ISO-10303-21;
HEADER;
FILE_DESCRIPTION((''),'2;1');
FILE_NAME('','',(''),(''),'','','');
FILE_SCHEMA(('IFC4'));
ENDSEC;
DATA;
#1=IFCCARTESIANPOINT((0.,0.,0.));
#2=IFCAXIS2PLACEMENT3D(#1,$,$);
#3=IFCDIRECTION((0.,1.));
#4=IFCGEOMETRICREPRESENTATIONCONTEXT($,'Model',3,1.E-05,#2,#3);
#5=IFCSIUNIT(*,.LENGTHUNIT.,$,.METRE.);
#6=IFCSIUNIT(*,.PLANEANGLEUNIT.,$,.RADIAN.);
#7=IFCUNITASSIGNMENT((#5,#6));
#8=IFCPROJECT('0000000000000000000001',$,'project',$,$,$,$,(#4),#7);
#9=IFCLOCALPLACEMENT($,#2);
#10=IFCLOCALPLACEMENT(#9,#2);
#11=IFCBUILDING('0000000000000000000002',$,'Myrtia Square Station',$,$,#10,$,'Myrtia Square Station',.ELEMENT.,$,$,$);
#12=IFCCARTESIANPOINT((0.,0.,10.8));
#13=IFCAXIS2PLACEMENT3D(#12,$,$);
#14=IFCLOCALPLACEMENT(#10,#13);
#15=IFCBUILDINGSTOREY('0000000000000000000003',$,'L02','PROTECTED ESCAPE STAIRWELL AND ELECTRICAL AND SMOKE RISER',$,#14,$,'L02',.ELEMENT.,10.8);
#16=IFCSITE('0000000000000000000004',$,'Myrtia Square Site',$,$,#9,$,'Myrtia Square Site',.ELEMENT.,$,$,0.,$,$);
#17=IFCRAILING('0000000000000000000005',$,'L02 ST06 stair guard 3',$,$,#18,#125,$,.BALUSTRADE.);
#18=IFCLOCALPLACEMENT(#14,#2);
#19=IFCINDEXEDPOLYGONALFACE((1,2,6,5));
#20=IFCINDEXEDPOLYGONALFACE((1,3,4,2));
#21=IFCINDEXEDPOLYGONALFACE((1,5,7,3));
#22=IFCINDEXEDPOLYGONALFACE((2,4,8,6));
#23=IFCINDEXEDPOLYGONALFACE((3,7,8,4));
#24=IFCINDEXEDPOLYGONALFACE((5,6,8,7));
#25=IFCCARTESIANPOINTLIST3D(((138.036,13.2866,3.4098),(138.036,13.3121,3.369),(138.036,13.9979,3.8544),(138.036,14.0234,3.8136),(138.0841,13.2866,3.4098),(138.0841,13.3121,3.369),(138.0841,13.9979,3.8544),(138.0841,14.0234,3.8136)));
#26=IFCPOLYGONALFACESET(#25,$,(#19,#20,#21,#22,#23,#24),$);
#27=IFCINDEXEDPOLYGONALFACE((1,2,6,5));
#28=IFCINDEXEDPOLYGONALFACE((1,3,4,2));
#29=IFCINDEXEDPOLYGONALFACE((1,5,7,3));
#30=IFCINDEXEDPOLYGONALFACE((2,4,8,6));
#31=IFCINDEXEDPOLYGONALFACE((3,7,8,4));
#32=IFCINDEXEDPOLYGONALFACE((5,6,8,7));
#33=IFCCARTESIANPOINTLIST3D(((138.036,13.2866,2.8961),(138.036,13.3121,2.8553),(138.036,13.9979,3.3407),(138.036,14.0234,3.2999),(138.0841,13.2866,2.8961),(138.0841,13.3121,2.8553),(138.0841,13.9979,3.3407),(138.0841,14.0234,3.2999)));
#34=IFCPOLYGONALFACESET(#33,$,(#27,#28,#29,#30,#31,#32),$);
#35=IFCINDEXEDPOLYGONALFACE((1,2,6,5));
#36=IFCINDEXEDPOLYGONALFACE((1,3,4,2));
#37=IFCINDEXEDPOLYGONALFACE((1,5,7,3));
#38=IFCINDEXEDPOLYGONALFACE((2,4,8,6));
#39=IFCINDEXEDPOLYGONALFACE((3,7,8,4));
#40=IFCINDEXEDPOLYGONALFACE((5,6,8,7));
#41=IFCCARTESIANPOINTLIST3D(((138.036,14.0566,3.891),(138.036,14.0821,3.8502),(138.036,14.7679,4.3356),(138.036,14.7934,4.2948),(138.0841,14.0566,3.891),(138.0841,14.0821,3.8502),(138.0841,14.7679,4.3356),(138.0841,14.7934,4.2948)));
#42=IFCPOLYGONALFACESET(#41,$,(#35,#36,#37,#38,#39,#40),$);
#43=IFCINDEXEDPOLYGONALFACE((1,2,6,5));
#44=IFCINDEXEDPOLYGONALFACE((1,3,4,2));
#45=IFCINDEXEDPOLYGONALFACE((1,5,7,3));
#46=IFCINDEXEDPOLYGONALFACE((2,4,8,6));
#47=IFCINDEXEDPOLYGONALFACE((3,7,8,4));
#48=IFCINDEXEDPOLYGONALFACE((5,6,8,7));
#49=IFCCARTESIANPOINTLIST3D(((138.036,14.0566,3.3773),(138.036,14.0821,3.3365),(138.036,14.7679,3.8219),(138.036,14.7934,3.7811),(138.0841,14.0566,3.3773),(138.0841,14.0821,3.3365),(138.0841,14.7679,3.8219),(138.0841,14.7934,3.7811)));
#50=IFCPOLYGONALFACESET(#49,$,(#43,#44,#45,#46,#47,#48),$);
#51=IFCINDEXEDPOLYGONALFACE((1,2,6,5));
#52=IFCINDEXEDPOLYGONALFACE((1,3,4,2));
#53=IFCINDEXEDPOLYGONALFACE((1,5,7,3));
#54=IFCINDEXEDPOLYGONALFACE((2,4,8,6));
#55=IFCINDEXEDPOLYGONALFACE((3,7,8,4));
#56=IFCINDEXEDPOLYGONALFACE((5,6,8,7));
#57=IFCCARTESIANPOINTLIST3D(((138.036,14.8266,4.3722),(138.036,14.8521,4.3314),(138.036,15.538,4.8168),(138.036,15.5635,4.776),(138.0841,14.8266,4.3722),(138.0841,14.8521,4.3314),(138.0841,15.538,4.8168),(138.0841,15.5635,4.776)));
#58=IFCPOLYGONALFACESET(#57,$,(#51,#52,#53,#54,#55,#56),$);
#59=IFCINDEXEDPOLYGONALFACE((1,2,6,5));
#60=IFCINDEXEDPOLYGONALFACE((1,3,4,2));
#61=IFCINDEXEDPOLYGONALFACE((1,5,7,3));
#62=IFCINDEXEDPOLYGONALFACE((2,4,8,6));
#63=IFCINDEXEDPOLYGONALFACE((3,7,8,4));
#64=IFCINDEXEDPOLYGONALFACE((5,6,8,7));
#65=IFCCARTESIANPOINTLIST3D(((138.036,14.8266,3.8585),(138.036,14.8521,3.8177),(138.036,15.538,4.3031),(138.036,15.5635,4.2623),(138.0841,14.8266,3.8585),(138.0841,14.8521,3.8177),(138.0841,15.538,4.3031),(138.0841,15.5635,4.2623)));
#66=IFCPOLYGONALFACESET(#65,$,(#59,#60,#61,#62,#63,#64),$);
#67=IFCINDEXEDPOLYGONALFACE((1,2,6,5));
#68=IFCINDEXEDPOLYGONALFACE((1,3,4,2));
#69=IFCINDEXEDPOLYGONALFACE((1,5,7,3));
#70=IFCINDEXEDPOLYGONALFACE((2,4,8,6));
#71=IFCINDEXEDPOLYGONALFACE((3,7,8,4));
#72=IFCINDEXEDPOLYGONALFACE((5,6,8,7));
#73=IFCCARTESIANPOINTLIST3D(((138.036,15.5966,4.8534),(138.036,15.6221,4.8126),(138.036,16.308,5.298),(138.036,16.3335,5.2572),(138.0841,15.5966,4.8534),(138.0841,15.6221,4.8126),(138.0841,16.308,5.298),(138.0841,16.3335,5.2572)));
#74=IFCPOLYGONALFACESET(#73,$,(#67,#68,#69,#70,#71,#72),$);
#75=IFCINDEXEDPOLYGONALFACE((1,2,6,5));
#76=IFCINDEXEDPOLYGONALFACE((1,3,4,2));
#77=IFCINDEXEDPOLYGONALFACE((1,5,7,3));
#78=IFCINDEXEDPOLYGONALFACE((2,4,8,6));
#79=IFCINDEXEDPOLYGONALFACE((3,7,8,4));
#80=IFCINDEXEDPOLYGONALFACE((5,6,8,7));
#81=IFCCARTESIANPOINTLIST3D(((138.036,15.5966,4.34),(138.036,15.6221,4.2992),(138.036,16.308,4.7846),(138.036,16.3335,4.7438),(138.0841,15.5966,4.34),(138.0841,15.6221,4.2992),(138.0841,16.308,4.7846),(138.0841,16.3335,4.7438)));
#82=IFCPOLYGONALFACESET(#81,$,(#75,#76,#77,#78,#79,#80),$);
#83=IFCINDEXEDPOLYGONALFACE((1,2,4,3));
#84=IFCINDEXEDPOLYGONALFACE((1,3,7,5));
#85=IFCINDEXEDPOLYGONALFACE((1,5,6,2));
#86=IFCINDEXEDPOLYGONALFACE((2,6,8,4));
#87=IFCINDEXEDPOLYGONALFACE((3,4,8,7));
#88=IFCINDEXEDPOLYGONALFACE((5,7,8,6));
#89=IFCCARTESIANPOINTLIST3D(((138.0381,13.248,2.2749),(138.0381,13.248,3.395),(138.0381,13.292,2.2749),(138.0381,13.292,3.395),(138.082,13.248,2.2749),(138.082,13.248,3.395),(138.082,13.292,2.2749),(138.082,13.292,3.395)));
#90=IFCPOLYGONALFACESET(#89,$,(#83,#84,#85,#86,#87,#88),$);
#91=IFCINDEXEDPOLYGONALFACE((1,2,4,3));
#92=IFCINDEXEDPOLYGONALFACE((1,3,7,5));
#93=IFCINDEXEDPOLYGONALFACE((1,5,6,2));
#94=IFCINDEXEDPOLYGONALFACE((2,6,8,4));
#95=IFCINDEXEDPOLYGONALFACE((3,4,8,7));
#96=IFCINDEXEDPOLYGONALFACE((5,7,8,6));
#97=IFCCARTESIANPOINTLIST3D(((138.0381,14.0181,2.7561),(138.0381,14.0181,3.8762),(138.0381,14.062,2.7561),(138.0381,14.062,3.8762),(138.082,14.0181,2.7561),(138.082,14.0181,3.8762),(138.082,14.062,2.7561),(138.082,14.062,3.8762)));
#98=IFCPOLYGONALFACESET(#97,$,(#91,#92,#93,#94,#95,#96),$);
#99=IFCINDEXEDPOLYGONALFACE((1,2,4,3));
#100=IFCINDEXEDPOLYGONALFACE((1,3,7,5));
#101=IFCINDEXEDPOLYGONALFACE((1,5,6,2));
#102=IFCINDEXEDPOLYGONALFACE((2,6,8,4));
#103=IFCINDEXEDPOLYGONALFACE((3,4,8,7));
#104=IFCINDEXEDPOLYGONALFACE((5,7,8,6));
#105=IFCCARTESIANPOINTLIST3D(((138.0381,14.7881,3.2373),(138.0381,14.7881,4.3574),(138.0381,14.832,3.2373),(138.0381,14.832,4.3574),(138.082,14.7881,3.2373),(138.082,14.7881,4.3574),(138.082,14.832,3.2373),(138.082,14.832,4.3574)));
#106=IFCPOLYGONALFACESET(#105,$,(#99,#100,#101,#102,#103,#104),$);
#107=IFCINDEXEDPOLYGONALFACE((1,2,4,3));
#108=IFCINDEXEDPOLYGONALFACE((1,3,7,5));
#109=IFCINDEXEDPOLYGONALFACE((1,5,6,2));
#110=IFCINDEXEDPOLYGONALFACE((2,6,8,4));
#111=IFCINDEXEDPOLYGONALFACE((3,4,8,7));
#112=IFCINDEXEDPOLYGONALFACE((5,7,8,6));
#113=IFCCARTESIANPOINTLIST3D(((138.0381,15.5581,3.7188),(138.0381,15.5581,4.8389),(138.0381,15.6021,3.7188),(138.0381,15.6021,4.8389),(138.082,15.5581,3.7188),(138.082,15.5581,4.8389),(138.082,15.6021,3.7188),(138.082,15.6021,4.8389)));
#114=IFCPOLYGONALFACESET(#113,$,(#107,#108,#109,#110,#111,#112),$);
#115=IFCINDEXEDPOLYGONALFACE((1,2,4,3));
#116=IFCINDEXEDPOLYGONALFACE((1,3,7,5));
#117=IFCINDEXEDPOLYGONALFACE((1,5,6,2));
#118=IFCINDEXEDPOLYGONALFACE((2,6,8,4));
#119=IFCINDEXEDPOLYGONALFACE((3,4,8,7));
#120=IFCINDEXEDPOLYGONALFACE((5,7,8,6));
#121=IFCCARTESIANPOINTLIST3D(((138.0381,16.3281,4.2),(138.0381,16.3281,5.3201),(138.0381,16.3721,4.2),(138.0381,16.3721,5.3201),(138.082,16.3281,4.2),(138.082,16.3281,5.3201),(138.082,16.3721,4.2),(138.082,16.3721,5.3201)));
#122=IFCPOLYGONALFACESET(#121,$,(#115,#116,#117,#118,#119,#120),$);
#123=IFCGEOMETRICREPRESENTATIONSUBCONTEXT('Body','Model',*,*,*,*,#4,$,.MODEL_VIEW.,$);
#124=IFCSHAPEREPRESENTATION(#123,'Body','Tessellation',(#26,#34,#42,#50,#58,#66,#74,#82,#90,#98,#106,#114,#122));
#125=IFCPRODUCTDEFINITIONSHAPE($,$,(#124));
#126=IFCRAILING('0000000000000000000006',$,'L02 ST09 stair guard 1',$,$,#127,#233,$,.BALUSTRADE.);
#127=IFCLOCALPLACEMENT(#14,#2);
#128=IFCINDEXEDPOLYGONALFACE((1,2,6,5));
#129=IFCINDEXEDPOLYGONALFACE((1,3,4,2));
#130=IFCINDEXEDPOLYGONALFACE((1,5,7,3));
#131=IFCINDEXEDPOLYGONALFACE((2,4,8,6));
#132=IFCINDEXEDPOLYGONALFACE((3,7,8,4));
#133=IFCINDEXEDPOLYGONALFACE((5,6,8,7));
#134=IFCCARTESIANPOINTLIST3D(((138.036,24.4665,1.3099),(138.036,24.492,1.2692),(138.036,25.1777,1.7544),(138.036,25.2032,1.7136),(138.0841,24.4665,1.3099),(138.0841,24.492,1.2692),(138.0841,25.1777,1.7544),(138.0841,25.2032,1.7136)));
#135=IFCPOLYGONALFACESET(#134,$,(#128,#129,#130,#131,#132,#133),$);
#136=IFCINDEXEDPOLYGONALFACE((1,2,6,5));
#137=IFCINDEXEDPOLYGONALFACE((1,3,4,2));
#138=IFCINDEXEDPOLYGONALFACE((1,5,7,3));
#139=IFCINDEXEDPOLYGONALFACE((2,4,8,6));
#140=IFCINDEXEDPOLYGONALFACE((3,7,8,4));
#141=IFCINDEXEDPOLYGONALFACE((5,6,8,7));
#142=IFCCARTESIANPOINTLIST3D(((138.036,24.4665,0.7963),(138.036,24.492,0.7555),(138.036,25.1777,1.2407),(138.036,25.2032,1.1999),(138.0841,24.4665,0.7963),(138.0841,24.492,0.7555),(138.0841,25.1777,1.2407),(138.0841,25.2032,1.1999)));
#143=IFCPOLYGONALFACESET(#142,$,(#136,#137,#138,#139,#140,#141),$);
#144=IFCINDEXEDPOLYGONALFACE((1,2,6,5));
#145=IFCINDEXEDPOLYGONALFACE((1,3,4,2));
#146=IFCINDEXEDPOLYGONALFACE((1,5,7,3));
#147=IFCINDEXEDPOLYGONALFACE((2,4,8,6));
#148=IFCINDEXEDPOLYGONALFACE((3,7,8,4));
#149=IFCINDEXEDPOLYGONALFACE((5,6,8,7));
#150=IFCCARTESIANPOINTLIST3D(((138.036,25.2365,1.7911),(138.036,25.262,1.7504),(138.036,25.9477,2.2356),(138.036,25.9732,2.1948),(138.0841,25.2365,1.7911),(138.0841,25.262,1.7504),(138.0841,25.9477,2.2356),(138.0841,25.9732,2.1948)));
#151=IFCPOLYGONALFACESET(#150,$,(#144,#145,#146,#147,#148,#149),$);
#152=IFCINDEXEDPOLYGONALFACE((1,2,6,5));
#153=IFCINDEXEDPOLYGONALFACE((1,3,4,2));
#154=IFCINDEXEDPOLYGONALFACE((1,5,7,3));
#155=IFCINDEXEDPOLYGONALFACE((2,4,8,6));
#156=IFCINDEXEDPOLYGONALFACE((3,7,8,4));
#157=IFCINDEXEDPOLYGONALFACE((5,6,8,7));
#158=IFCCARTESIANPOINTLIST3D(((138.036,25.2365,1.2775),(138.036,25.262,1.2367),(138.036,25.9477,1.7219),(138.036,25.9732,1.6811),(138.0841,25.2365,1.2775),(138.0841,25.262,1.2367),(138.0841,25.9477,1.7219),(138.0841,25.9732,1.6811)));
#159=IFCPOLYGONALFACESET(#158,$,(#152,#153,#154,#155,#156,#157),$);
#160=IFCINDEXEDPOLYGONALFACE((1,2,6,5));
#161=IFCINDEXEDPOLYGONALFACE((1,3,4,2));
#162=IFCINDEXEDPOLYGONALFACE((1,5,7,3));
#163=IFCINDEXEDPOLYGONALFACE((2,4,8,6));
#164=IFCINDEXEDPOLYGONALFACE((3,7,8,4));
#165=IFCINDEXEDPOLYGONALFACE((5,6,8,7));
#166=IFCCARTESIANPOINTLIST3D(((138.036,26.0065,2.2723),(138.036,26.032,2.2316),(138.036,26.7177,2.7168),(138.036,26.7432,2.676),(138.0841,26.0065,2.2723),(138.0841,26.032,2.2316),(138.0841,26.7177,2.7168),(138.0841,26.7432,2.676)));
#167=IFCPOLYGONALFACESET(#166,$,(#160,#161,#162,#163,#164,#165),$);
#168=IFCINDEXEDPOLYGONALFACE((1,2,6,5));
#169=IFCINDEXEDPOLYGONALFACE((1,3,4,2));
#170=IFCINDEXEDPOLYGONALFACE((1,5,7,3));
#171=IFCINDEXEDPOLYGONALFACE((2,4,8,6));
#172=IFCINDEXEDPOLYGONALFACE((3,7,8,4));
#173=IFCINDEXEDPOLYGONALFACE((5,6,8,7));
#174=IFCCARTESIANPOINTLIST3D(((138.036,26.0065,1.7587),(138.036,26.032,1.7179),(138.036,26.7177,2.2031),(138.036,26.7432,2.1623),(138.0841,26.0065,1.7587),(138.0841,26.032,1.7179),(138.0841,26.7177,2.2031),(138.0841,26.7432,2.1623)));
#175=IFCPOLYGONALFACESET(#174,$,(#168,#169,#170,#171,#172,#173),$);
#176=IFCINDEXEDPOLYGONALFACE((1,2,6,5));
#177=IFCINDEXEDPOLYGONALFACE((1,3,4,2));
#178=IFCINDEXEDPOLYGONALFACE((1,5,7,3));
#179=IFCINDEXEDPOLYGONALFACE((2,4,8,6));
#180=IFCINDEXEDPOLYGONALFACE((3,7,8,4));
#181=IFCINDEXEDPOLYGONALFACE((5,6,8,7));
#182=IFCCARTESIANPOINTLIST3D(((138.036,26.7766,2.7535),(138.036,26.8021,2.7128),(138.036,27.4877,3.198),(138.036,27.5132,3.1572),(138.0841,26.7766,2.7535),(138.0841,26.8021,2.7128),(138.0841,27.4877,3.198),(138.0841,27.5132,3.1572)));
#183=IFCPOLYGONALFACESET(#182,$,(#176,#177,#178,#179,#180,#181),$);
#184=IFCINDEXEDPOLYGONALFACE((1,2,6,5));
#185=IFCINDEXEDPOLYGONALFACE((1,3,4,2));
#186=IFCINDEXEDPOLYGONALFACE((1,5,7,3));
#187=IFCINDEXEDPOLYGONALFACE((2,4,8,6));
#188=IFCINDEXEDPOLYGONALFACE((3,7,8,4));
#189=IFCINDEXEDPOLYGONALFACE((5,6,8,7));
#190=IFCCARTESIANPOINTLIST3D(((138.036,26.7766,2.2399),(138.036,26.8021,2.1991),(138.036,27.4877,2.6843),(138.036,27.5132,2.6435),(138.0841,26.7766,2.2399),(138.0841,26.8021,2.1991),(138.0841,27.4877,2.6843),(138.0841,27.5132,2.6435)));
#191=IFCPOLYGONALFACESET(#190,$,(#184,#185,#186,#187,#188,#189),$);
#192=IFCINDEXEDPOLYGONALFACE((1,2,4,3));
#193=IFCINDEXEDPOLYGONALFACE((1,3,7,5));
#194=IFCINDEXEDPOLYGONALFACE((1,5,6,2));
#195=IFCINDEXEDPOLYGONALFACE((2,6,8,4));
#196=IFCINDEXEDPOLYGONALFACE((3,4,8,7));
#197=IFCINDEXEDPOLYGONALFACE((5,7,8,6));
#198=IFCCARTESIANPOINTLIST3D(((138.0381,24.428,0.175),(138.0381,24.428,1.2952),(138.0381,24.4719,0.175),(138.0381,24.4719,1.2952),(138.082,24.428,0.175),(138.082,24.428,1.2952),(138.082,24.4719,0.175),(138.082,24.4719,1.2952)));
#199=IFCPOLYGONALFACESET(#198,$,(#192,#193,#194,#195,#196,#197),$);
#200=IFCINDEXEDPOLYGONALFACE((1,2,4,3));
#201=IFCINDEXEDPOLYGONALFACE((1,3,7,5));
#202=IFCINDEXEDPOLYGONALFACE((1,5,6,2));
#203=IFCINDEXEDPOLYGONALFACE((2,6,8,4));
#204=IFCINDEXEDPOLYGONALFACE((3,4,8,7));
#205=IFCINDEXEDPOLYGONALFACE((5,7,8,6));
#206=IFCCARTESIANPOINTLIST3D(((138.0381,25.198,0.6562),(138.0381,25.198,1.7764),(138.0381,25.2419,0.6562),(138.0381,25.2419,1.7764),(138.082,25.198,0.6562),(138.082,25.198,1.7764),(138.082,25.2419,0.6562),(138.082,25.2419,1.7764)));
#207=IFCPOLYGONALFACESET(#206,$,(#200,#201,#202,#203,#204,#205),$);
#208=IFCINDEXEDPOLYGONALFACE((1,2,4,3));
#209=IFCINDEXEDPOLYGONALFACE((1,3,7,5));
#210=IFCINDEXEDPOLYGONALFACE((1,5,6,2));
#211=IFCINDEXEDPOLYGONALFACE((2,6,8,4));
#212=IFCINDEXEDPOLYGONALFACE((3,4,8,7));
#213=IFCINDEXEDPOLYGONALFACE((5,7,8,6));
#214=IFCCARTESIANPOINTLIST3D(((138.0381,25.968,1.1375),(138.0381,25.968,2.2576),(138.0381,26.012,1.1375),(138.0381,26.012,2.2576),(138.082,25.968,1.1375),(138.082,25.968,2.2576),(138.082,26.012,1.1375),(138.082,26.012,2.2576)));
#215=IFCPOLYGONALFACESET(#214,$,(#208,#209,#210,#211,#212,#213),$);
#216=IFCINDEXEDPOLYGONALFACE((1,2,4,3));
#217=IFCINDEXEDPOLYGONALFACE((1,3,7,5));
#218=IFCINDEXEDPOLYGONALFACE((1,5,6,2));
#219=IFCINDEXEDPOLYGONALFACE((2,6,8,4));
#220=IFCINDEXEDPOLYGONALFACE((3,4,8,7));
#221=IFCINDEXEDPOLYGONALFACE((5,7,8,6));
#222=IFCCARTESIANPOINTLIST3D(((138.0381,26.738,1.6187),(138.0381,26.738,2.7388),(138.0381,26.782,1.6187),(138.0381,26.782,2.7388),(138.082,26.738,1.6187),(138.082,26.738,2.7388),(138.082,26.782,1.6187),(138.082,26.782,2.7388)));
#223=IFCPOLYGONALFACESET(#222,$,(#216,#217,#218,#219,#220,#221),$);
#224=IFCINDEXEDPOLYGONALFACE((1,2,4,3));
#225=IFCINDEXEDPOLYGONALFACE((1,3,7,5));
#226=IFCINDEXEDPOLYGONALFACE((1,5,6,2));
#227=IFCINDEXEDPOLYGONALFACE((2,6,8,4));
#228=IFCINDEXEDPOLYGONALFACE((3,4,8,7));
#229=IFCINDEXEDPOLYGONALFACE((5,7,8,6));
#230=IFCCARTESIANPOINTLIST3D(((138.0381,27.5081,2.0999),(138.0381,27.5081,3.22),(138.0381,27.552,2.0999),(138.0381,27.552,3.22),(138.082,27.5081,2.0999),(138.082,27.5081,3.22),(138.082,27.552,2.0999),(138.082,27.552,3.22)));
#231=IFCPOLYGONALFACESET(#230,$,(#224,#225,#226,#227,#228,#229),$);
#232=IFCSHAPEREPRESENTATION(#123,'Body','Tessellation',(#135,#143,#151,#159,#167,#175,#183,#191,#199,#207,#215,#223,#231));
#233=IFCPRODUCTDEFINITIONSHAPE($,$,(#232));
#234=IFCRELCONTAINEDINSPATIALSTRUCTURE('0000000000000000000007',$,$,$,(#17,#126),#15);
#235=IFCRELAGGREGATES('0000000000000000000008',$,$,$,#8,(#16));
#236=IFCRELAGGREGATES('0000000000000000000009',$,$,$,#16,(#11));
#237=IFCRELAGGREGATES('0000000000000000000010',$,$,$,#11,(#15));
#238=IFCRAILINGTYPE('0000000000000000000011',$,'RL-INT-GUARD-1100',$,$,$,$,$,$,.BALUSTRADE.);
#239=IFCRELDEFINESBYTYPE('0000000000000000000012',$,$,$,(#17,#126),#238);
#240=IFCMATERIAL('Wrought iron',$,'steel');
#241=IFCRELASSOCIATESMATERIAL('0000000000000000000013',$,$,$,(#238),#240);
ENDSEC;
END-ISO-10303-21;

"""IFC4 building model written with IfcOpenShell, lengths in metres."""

from ifc_helpers import new_model, si_unit, direction, frame, origin, origin_2d, place, context, subcontext, project, spatial, rectangle, extrude, material, type_object, element, save


model = new_model("IFC4")

# Units and contexts
model_context = context("Model", 3, precision=1e-05, world=origin(), true_north=direction((0.0, 1.0)))
body_context = subcontext(model_context, "Body", "Model", "MODEL_VIEW")
ifc_project = project(units=[si_unit("LENGTHUNIT", "METRE"), si_unit("PLANEANGLEUNIT", "RADIAN")], contexts=[model_context])

# Site, building, storey
site_placement = place(None, origin())
site = spatial("IfcSite", under=ifc_project, at=site_placement, Name="Myrtia Square Site", LongName="Myrtia Square Site", CompositionType="ELEMENT", RefElevation=0.0)
building_placement = place(site_placement, origin())
building = spatial("IfcBuilding", under=site, at=building_placement, Name="Myrtia Square Station", LongName="Myrtia Square Station", CompositionType="ELEMENT")
storey_placement = place(building_placement, frame((0.0, 0.0, 10.8)))
storey = spatial("IfcBuildingStorey", under=building, at=storey_placement, Name="L02", Description="PROTECTED ESCAPE STAIRWELL AND ELECTRICAL AND SMOKE RISER", LongName="L02", CompositionType="ELEMENT", Elevation=10.8)

# Railings
ifc_material_1 = material(Name="Wrought iron", Category="steel")
railing_type_1 = type_object("IfcRailingType", Name="RL-INT-GUARD-1100", PredefinedType="BALUSTRADE", material=ifc_material_1)
railing_1_placement = place(storey_placement, frame((138.0601, 13.27, 2.2749)))
element("IfcRailing", 1, at=railing_1_placement, inside=storey, type_object=railing_type_1, Name="L02 ST06 stair guard 3", PredefinedType="BALUSTRADE", context=body_context, shape_type="SweptSolid", body=[
    extrude(rectangle(XDim=0.0481, YDim=0.0481, at=origin_2d()), frame((0.0, 0.0293, 1.1145), z_axis=(0.0, 0.847998, 0.529999), x_axis=(-1.0, 0.0, 0.0)), (0.0, 0.0, 1.0), 0.8389),
    extrude(rectangle(XDim=0.0481, YDim=0.0481, at=origin_2d()), frame((0.0, 0.0293, 0.6008), z_axis=(0.0, 0.847998, 0.529999), x_axis=(-1.0, 0.0, 0.0)), (0.0, 0.0, 1.0), 0.8389),
    extrude(rectangle(XDim=0.0481, YDim=0.0481, at=origin_2d()), frame((0.0, 0.7993, 1.5957), z_axis=(0.0, 0.847998, 0.529999), x_axis=(-1.0, 0.0, 0.0)), (0.0, 0.0, 1.0), 0.8389),
    extrude(rectangle(XDim=0.0481, YDim=0.0481, at=origin_2d()), frame((0.0, 0.7993, 1.082), z_axis=(0.0, 0.847998, 0.529999), x_axis=(-1.0, 0.0, 0.0)), (0.0, 0.0, 1.0), 0.8389),
    extrude(rectangle(XDim=0.0481, YDim=0.0481, at=origin_2d()), frame((0.0, 1.5693, 2.0769), z_axis=(0.0, 0.847998, 0.529999), x_axis=(-1.0, 0.0, 0.0)), (0.0, 0.0, 1.0), 0.8389),
    extrude(rectangle(XDim=0.0481, YDim=0.0481, at=origin_2d()), frame((0.0, 1.5693, 1.5632), z_axis=(0.0, 0.847998, 0.529999), x_axis=(-1.0, 0.0, 0.0)), (0.0, 0.0, 1.0), 0.8389),
    extrude(rectangle(XDim=0.0481, YDim=0.0481, at=origin_2d()), frame((0.0, 2.3394, 2.5581), z_axis=(0.0, 0.847998, 0.529999), x_axis=(-1.0, 0.0, 0.0)), (0.0, 0.0, 1.0), 0.8389),
    extrude(rectangle(XDim=0.0481, YDim=0.0481, at=origin_2d()), frame((0.0, 2.3394, 2.0447), z_axis=(0.0, 0.847998, 0.529999), x_axis=(-1.0, 0.0, 0.0)), (0.0, 0.0, 1.0), 0.8389),
    extrude(rectangle(XDim=0.0439, YDim=0.0439, at=origin_2d()), origin(), (0.0, 0.0, 1.0), 1.1201),
    extrude(rectangle(XDim=0.0439, YDim=0.0439, at=origin_2d()), frame((0.0, 0.77, 0.4812)), (0.0, 0.0, 1.0), 1.1201),
    extrude(rectangle(XDim=0.0439, YDim=0.0439, at=origin_2d()), frame((0.0, 1.54, 0.9624)), (0.0, 0.0, 1.0), 1.1201),
    extrude(rectangle(XDim=0.0439, YDim=0.0439, at=origin_2d()), frame((0.0, 2.3101, 1.4438)), (0.0, 0.0, 1.0), 1.1201),
    extrude(rectangle(XDim=0.0439, YDim=0.0439, at=origin_2d()), frame((0.0, 3.0801, 1.925)), (0.0, 0.0, 1.0), 1.1201),
])
railing_2_placement = place(storey_placement, frame((138.0601, 24.45, 0.175)))
element("IfcRailing", 2, at=railing_2_placement, inside=storey, type_object=railing_type_1, Name="L02 ST09 stair guard 1", PredefinedType="BALUSTRADE", context=body_context, shape_type="SweptSolid", body=[
    extrude(rectangle(XDim=0.0481, YDim=0.0481, at=origin_2d()), frame((0.0, 0.0293, 1.1145), z_axis=(0.0, 0.848029, 0.529951), x_axis=(-1.0, 0.0, 0.0)), (0.0, 0.0, 1.0), 0.8386),
    extrude(rectangle(XDim=0.0481, YDim=0.0481, at=origin_2d()), frame((0.0, 0.0293, 0.6008), z_axis=(0.0, 0.848029, 0.529951), x_axis=(-1.0, 0.0, 0.0)), (0.0, 0.0, 1.0), 0.8386),
    extrude(rectangle(XDim=0.0481, YDim=0.0481, at=origin_2d()), frame((0.0, 0.7993, 1.5957), z_axis=(0.0, 0.848029, 0.529951), x_axis=(-1.0, 0.0, 0.0)), (0.0, 0.0, 1.0), 0.8386),
    extrude(rectangle(XDim=0.0481, YDim=0.0481, at=origin_2d()), frame((0.0, 0.7993, 1.082), z_axis=(0.0, 0.848029, 0.529951), x_axis=(-1.0, 0.0, 0.0)), (0.0, 0.0, 1.0), 0.8386),
    extrude(rectangle(XDim=0.0481, YDim=0.0481, at=origin_2d()), frame((0.0, 1.5693, 2.0769), z_axis=(0.0, 0.848029, 0.529951), x_axis=(-1.0, 0.0, 0.0)), (0.0, 0.0, 1.0), 0.8386),
    extrude(rectangle(XDim=0.0481, YDim=0.0481, at=origin_2d()), frame((0.0, 1.5693, 1.5632), z_axis=(0.0, 0.848029, 0.529951), x_axis=(-1.0, 0.0, 0.0)), (0.0, 0.0, 1.0), 0.8386),
    extrude(rectangle(XDim=0.0481, YDim=0.0481, at=origin_2d()), frame((0.0, 2.3394, 2.5581), z_axis=(0.0, 0.848029, 0.529951), x_axis=(-1.0, 0.0, 0.0)), (0.0, 0.0, 1.0), 0.8386),
    extrude(rectangle(XDim=0.0481, YDim=0.0481, at=origin_2d()), frame((0.0, 2.3394, 2.0444), z_axis=(0.0, 0.848029, 0.529951), x_axis=(-1.0, 0.0, 0.0)), (0.0, 0.0, 1.0), 0.8386),
    extrude(rectangle(XDim=0.0439, YDim=0.0439, at=origin_2d()), origin(), (0.0, 0.0, 1.0), 1.1201),
    extrude(rectangle(XDim=0.0439, YDim=0.0439, at=origin_2d()), frame((0.0, 0.77, 0.4812)), (0.0, 0.0, 1.0), 1.1201),
    extrude(rectangle(XDim=0.0439, YDim=0.0439, at=origin_2d()), frame((0.0, 1.54, 0.9624)), (0.0, 0.0, 1.0), 1.1201),
    extrude(rectangle(XDim=0.0439, YDim=0.0439, at=origin_2d()), frame((0.0, 2.3101, 1.4436)), (0.0, 0.0, 1.0), 1.1201),
    extrude(rectangle(XDim=0.0439, YDim=0.0439, at=origin_2d()), frame((0.0, 3.0801, 1.9248)), (0.0, 0.0, 1.0), 1.1201),
])

save(model, "model.ifc")
